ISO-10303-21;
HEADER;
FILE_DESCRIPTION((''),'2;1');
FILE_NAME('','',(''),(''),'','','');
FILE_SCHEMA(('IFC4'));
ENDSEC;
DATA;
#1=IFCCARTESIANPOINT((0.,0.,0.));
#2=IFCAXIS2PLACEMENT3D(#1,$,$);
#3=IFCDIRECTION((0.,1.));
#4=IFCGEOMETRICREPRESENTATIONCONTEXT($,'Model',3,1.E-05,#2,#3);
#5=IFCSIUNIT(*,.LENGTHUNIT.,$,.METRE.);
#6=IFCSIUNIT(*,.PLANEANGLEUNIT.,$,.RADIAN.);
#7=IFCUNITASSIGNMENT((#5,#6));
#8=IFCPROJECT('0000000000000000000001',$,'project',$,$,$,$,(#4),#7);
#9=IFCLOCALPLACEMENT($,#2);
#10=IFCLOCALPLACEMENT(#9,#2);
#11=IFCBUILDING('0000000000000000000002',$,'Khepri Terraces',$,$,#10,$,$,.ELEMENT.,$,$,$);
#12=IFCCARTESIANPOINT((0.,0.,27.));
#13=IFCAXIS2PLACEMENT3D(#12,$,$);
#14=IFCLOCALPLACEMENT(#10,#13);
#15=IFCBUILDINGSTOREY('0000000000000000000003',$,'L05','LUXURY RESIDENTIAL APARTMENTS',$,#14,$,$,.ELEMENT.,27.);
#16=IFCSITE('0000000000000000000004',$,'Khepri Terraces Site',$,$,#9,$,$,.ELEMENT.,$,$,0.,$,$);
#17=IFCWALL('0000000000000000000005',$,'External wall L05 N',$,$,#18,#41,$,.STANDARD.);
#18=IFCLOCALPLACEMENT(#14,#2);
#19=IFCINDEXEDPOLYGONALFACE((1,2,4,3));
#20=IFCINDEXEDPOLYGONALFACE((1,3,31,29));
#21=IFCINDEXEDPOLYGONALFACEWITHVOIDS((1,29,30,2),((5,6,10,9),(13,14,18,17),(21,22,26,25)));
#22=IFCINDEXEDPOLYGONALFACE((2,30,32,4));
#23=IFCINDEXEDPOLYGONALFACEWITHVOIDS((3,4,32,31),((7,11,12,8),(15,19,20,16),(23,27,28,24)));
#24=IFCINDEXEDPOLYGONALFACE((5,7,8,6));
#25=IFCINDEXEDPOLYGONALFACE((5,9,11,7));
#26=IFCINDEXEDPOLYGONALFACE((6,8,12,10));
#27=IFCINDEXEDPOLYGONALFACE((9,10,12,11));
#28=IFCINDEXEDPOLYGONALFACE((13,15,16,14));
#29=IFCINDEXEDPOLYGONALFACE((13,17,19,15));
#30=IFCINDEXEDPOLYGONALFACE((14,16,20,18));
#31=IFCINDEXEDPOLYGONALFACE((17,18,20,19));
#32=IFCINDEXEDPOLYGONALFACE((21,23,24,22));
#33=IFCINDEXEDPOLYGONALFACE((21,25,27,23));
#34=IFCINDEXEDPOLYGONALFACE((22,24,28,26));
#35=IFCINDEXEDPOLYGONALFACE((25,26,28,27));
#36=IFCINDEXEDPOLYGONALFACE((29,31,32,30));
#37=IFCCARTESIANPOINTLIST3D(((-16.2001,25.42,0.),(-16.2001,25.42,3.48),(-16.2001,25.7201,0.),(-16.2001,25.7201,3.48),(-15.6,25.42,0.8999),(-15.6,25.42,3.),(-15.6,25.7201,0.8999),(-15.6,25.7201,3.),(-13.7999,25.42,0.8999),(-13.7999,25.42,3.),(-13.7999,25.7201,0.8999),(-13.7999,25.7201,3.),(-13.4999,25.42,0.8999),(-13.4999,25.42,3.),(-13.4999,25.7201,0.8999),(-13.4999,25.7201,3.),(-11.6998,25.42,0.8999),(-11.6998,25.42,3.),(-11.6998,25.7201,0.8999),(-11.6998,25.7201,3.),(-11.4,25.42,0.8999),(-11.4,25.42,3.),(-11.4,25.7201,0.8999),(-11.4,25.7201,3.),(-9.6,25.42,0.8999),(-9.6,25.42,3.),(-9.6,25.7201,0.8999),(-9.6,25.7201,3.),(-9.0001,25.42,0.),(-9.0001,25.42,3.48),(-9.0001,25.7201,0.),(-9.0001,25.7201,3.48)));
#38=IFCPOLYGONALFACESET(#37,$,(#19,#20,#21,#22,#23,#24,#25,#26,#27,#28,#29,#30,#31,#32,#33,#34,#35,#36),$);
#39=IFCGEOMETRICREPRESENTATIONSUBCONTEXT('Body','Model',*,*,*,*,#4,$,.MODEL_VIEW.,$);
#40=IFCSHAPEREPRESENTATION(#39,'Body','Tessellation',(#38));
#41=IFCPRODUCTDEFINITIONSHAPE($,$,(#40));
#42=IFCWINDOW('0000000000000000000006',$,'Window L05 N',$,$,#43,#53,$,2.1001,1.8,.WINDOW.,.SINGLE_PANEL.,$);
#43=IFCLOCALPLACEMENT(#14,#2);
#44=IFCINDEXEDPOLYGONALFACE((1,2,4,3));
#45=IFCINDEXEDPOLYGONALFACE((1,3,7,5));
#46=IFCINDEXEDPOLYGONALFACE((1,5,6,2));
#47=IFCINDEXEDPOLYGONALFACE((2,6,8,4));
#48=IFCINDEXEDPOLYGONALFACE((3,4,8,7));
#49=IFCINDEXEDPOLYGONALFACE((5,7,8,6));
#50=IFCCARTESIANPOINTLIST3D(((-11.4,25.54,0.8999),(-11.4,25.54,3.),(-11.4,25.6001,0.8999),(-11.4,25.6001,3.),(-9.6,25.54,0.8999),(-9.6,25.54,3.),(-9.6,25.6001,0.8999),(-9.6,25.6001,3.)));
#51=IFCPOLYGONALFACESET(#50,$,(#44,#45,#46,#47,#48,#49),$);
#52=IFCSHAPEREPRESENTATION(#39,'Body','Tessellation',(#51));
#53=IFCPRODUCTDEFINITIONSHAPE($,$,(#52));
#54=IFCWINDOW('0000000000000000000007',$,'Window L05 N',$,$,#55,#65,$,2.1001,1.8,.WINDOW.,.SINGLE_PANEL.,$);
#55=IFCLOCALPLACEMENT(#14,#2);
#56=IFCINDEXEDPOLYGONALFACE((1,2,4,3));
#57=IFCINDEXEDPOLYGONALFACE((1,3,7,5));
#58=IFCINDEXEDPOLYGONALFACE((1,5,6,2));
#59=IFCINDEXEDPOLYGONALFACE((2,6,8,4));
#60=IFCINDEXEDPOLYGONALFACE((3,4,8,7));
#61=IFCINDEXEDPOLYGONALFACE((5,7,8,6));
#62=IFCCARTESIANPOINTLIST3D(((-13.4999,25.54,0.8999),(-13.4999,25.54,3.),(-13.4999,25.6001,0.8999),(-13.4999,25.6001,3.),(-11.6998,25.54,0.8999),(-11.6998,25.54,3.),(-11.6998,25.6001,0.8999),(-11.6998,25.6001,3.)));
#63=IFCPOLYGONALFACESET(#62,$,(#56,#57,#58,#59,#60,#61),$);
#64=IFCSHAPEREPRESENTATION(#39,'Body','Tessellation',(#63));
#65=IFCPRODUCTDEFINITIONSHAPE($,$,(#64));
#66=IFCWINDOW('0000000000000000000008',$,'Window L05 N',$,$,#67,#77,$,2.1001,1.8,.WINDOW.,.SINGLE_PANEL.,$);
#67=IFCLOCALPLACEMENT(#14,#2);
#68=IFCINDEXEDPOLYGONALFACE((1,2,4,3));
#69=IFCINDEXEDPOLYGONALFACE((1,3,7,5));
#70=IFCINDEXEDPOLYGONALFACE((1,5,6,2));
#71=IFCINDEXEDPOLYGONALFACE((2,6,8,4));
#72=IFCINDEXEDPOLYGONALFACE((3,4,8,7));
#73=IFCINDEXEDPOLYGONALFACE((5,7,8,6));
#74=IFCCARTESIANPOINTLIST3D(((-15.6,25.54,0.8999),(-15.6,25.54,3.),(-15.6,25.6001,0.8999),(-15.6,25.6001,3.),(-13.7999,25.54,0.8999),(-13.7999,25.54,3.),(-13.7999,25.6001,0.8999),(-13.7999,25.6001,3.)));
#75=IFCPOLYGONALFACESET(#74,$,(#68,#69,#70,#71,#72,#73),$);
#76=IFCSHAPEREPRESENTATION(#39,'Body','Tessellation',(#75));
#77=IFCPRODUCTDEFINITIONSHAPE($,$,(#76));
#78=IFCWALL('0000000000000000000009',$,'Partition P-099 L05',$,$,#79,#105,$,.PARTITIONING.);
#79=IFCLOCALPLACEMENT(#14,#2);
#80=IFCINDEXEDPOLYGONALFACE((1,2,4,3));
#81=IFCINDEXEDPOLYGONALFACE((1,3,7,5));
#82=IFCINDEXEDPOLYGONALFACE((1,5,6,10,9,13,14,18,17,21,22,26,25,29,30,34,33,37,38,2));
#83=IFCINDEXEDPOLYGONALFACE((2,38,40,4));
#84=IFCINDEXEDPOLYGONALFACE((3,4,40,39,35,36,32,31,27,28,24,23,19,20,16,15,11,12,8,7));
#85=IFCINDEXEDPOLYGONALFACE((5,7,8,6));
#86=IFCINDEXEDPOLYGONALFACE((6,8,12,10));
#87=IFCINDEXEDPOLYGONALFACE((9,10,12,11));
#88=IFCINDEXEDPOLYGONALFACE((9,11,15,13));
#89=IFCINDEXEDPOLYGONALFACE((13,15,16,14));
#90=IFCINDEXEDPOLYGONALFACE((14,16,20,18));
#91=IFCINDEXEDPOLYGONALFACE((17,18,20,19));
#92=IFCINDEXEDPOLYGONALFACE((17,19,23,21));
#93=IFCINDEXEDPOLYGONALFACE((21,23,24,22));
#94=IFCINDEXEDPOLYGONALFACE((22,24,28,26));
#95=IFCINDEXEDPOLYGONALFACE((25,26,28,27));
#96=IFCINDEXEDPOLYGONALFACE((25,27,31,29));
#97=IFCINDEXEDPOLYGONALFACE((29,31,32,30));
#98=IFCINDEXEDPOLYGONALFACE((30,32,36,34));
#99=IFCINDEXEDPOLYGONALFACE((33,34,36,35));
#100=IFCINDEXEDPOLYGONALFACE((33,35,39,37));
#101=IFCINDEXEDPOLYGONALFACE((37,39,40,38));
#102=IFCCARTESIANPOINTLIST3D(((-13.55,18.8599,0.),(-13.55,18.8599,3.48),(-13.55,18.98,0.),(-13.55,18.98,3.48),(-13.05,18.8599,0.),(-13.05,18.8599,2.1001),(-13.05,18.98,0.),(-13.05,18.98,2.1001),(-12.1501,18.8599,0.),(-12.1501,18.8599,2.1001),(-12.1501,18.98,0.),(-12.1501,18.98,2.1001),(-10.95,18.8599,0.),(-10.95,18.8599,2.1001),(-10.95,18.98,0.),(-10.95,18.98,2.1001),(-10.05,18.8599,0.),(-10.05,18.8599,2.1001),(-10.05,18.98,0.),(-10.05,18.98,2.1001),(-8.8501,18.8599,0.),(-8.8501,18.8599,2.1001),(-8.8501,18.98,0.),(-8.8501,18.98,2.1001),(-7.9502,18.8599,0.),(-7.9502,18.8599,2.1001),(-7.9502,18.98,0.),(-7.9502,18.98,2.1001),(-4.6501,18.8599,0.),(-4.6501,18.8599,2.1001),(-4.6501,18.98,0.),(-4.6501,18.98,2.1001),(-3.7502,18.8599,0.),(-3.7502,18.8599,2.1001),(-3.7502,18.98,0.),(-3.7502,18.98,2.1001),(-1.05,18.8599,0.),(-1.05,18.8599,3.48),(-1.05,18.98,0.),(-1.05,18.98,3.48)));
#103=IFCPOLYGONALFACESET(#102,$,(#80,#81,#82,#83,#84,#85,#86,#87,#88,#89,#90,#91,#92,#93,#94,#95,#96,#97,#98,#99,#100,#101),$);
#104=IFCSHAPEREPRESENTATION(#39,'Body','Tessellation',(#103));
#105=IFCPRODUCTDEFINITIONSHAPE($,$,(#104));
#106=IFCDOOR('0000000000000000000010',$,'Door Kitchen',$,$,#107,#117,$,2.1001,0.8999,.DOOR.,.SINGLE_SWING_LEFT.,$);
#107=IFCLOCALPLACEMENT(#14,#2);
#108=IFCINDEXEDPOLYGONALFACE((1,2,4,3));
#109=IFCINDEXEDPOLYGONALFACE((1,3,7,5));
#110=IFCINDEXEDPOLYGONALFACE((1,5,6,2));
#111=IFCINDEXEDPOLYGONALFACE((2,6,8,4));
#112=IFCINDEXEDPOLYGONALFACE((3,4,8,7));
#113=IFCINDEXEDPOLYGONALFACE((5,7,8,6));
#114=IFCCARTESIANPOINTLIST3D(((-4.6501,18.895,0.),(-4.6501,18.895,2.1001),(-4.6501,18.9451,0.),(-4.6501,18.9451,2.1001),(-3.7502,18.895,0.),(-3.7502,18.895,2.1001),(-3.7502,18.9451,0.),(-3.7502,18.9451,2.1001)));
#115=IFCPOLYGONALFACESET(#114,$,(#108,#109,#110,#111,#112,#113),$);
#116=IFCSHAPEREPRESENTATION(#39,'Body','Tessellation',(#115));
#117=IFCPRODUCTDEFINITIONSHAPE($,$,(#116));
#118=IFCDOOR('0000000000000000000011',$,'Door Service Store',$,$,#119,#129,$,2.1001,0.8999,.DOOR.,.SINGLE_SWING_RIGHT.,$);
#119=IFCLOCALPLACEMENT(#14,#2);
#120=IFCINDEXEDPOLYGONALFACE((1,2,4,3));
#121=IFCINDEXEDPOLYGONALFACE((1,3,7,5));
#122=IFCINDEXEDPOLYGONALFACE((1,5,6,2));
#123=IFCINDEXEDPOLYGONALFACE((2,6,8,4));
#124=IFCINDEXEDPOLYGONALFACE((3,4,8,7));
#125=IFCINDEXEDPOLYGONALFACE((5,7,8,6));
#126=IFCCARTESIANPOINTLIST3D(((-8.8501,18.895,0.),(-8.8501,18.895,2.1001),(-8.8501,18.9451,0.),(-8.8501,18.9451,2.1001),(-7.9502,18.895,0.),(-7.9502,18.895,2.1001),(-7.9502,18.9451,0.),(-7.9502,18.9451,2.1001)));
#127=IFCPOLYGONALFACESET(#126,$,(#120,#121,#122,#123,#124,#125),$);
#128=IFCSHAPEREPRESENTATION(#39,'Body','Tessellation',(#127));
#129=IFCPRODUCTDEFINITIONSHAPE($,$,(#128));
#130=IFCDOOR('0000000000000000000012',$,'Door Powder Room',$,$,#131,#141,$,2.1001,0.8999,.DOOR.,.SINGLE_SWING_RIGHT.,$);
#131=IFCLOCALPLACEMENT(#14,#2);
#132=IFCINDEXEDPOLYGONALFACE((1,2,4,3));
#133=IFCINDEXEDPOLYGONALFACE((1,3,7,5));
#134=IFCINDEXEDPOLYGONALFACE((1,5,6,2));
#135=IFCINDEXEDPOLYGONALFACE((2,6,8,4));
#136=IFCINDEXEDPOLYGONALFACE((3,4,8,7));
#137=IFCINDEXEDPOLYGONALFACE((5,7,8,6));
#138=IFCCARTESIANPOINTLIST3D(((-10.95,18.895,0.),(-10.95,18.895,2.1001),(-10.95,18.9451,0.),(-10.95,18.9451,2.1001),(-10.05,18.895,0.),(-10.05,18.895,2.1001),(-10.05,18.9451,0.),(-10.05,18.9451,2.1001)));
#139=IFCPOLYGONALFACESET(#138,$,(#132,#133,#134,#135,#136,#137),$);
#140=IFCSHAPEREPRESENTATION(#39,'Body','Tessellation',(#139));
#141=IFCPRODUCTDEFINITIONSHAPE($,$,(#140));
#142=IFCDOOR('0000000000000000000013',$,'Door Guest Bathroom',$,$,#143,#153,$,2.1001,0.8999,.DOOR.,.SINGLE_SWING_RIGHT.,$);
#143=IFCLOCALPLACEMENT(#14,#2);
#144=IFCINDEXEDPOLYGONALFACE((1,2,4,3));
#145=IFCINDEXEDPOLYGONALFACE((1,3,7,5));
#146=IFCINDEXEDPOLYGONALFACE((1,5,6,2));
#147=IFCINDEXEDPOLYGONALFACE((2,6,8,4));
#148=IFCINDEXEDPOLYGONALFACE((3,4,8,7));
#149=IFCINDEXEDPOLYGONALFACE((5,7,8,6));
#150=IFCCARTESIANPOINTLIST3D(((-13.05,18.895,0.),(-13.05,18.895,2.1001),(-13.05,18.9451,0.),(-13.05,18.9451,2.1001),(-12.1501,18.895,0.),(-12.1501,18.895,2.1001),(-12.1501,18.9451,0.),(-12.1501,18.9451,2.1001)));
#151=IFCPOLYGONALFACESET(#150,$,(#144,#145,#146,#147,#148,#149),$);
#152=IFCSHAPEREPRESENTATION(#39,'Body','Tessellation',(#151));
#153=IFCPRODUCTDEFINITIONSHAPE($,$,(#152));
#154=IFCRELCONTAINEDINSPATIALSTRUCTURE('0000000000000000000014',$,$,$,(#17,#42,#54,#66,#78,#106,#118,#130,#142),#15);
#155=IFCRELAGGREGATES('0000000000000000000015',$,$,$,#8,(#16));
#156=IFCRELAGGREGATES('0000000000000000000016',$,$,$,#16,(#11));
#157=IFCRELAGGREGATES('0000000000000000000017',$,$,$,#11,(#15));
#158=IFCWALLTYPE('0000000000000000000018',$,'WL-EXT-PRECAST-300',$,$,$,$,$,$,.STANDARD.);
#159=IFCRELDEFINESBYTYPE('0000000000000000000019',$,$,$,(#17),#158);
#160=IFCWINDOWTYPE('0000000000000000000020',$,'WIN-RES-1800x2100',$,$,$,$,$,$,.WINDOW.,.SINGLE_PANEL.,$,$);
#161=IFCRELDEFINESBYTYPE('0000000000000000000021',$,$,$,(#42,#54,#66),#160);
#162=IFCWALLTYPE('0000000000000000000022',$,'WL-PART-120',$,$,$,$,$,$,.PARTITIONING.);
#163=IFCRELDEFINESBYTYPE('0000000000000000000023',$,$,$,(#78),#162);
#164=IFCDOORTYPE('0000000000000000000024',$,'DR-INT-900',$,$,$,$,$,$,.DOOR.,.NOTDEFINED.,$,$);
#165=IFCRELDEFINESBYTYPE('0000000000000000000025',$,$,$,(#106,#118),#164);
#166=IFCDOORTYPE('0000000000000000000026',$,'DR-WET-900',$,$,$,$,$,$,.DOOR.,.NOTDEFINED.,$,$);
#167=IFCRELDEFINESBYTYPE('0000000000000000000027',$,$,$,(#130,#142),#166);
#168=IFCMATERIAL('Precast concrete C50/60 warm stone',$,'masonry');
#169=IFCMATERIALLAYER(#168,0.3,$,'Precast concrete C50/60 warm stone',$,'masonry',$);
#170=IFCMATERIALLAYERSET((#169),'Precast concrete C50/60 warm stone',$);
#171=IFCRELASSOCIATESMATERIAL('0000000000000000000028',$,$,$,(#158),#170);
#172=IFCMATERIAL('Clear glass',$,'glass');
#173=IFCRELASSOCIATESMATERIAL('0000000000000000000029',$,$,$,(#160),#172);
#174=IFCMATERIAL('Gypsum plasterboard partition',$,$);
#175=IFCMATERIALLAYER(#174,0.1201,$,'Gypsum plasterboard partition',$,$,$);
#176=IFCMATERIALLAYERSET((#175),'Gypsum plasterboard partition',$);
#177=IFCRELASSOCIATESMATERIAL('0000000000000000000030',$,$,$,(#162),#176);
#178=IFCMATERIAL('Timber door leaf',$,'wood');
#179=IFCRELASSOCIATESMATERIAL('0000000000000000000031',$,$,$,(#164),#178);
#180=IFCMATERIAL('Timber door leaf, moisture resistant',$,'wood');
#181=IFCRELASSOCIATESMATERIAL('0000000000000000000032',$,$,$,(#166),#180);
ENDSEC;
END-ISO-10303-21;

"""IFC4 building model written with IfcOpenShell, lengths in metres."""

from ifc_helpers import new_model, si_unit, direction, frame, frame_2d, origin, place, context, subcontext, project, spatial, rectangle, extrude, material, layer, layer_set, type_object, element, fill, save


model = new_model("IFC4")

# Units and contexts
model_context = context("Model", 3, precision=1e-05, world=origin(), true_north=direction((0.0, 1.0)))
body_context = subcontext(model_context, "Body", "Model", "MODEL_VIEW")
ifc_project = project(units=[si_unit("LENGTHUNIT", "METRE"), si_unit("PLANEANGLEUNIT", "RADIAN")], contexts=[model_context])

# Site, building, storey
site_placement = place(None, origin())
site = spatial("IfcSite", under=ifc_project, at=site_placement, Name="Khepri Terraces Site", CompositionType="ELEMENT", RefElevation=0.0)
building_placement = place(site_placement, origin())
building = spatial("IfcBuilding", under=site, at=building_placement, Name="Khepri Terraces", CompositionType="ELEMENT")
storey_placement = place(building_placement, frame((0.0, 0.0, 27.0)))
storey = spatial("IfcBuildingStorey", under=building, at=storey_placement, Name="L05", Description="LUXURY RESIDENTIAL APARTMENTS", CompositionType="ELEMENT", Elevation=27.0)

# Wall, openings, windows
ifc_material_1 = material(Name="Precast concrete C50/60 warm stone", Category="masonry")
ifc_layer_1 = layer(ifc_material_1, 0.3, Name="Precast concrete C50/60 warm stone", Category="masonry")
ifc_layer_set_1 = layer_set([ifc_layer_1], Name="Precast concrete C50/60 warm stone")
wall_type_1 = type_object("IfcWallType", Name="WL-EXT-PRECAST-300", PredefinedType="STANDARD", material=ifc_layer_set_1)
wall_1_placement = place(storey_placement, frame((-9.0, 25.5701, 0.0), z_axis=(0.0, 0.0, 1.0), x_axis=(-1.0, 0.0, 0.0)))
wall_1 = element("IfcWall", 1, at=wall_1_placement, inside=storey, type_object=wall_type_1, Name="External wall L05 N", PredefinedType="STANDARD", context=body_context, shape_type="SweptSolid", body=[
    extrude(rectangle(XDim=7.2, YDim=0.3, at=frame_2d((3.6001, 0.0))), origin(), (0.0, 0.0, 1.0), 3.48),
])
opening_1_placement = place(wall_1_placement, frame((0.6001, 0.0, 0.8999)))
opening_1 = element("IfcOpeningElement", 2, at=opening_1_placement, cuts=wall_1, PredefinedType="OPENING", context=body_context, shape_type="SweptSolid", body=[
    extrude(rectangle(XDim=1.8, YDim=2.1001, at=frame_2d((0.8999, 1.05))), frame((0.0, 0.1602, 0.0), z_axis=(0.0, -1.0, 0.0), x_axis=(1.0, 0.0, 0.0)), (0.0, 0.0, 1.0), 0.3201),
])
opening_2_placement = place(wall_1_placement, frame((2.7, 0.0, 0.8999)))
opening_2 = element("IfcOpeningElement", 3, at=opening_2_placement, cuts=wall_1, PredefinedType="OPENING", context=body_context, shape_type="SweptSolid", body=[
    extrude(rectangle(XDim=1.8, YDim=2.1001, at=frame_2d((0.8999, 1.05))), frame((0.0, 0.1602, 0.0), z_axis=(0.0, -1.0, 0.0), x_axis=(1.0, 0.0, 0.0)), (0.0, 0.0, 1.0), 0.3201),
])
opening_3_placement = place(wall_1_placement, frame((4.8, 0.0, 0.8999)))
opening_3 = element("IfcOpeningElement", 4, at=opening_3_placement, cuts=wall_1, PredefinedType="OPENING", context=body_context, shape_type="SweptSolid", body=[
    extrude(rectangle(XDim=1.8, YDim=2.1001, at=frame_2d((0.8999, 1.05))), frame((0.0, 0.1602, 0.0), z_axis=(0.0, -1.0, 0.0), x_axis=(1.0, 0.0, 0.0)), (0.0, 0.0, 1.0), 0.3201),
])
ifc_material_2 = material(Name="Clear glass", Category="glass")
window_type = type_object("IfcWindowType", Name="WIN-RES-1800x2100", PartitioningType="SINGLE_PANEL", PredefinedType="WINDOW", material=ifc_material_2)
window_1_placement = place(opening_1_placement, origin())
window_1 = element("IfcWindow", 5, at=window_1_placement, inside=storey, type_object=window_type, Name="Window L05 N", OverallHeight=2.1001, OverallWidth=1.8, PartitioningType="SINGLE_PANEL", PredefinedType="WINDOW", context=body_context, shape_type="SweptSolid", body=[
    extrude(rectangle(XDim=1.8, YDim=2.1001, at=frame_2d((0.8999, 1.05))), frame((0.0, 0.03, 0.0), z_axis=(0.0, -1.0, 0.0), x_axis=(1.0, 0.0, 0.0)), (0.0, 0.0, 1.0), 0.0601),
])
fill(opening_1, window_1)
window_2_placement = place(opening_2_placement, origin())
window_2 = element("IfcWindow", 6, at=window_2_placement, inside=storey, type_object=window_type, Name="Window L05 N", OverallHeight=2.1001, OverallWidth=1.8, PartitioningType="SINGLE_PANEL", PredefinedType="WINDOW", context=body_context, shape_type="SweptSolid", body=[
    extrude(rectangle(XDim=1.8, YDim=2.1001, at=frame_2d((0.8999, 1.05))), frame((0.0, 0.03, 0.0), z_axis=(0.0, -1.0, 0.0), x_axis=(1.0, 0.0, 0.0)), (0.0, 0.0, 1.0), 0.0601),
])
fill(opening_2, window_2)
window_3_placement = place(opening_3_placement, origin())
window_3 = element("IfcWindow", 7, at=window_3_placement, inside=storey, type_object=window_type, Name="Window L05 N", OverallHeight=2.1001, OverallWidth=1.8, PartitioningType="SINGLE_PANEL", PredefinedType="WINDOW", context=body_context, shape_type="SweptSolid", body=[
    extrude(rectangle(XDim=1.8, YDim=2.1001, at=frame_2d((0.8999, 1.05))), frame((0.0, 0.03, 0.0), z_axis=(0.0, -1.0, 0.0), x_axis=(1.0, 0.0, 0.0)), (0.0, 0.0, 1.0), 0.0601),
])
fill(opening_3, window_3)

# Wall, openings, doors
ifc_material_3 = material(Name="Gypsum plasterboard partition")
ifc_layer_2 = layer(ifc_material_3, 0.1201, Name="Gypsum plasterboard partition")
ifc_layer_set_2 = layer_set([ifc_layer_2], Name="Gypsum plasterboard partition")
wall_type_2 = type_object("IfcWallType", Name="WL-PART-120", PredefinedType="PARTITIONING", material=ifc_layer_set_2)
wall_2_placement = place(storey_placement, frame((-13.55, 18.9199, 0.0), z_axis=(0.0, 0.0, 1.0), x_axis=(1.0, 0.0, 0.0)))
wall_2 = element("IfcWall", 8, at=wall_2_placement, inside=storey, type_object=wall_type_2, Name="Partition P-099 L05", PredefinedType="PARTITIONING", context=body_context, shape_type="SweptSolid", body=[
    extrude(rectangle(XDim=12.5, YDim=0.1201, at=frame_2d((6.25, 0.0))), origin(), (0.0, 0.0, 1.0), 3.48),
])
opening_4_placement = place(wall_2_placement, frame((8.8999, 0.0, 0.0)))
opening_4 = element("IfcOpeningElement", 9, at=opening_4_placement, cuts=wall_2, PredefinedType="OPENING", context=body_context, shape_type="SweptSolid", body=[
    extrude(rectangle(XDim=0.8999, YDim=2.1001, at=frame_2d((0.45, 1.05))), frame((0.0, 0.0701, 0.0), z_axis=(0.0, -1.0, 0.0), x_axis=(1.0, 0.0, 0.0)), (0.0, 0.0, 1.0), 0.1401),
])
opening_5_placement = place(wall_2_placement, frame((4.7, 0.0, 0.0)))
opening_5 = element("IfcOpeningElement", 10, at=opening_5_placement, cuts=wall_2, PredefinedType="OPENING", context=body_context, shape_type="SweptSolid", body=[
    extrude(rectangle(XDim=0.8999, YDim=2.1001, at=frame_2d((0.45, 1.05))), frame((0.0, 0.0701, 0.0), z_axis=(0.0, -1.0, 0.0), x_axis=(1.0, 0.0, 0.0)), (0.0, 0.0, 1.0), 0.1401),
])
opening_6_placement = place(wall_2_placement, frame((2.6001, 0.0, 0.0)))
opening_6 = element("IfcOpeningElement", 11, at=opening_6_placement, cuts=wall_2, PredefinedType="OPENING", context=body_context, shape_type="SweptSolid", body=[
    extrude(rectangle(XDim=0.8999, YDim=2.1001, at=frame_2d((0.45, 1.05))), frame((0.0, 0.0701, 0.0), z_axis=(0.0, -1.0, 0.0), x_axis=(1.0, 0.0, 0.0)), (0.0, 0.0, 1.0), 0.1401),
])
opening_7_placement = place(wall_2_placement, frame((0.5, 0.0, 0.0)))
opening_7 = element("IfcOpeningElement", 12, at=opening_7_placement, cuts=wall_2, PredefinedType="OPENING", context=body_context, shape_type="SweptSolid", body=[
    extrude(rectangle(XDim=0.8999, YDim=2.1001, at=frame_2d((0.45, 1.05))), frame((0.0, 0.0701, 0.0), z_axis=(0.0, -1.0, 0.0), x_axis=(1.0, 0.0, 0.0)), (0.0, 0.0, 1.0), 0.1401),
])
ifc_material_4 = material(Name="Timber door leaf", Category="wood")
door_type_1 = type_object("IfcDoorType", Name="DR-INT-900", OperationType="NOTDEFINED", PredefinedType="DOOR", material=ifc_material_4)
door_1_placement = place(opening_4_placement, frame((0.8999, 0.0, 0.0), z_axis=(0.0, 0.0, 1.0), x_axis=(-1.0, 0.0, 0.0)))
door_1 = element("IfcDoor", 13, at=door_1_placement, inside=storey, type_object=door_type_1, Name="Door Kitchen", OperationType="SINGLE_SWING_LEFT", OverallHeight=2.1001, OverallWidth=0.8999, PredefinedType="DOOR", context=body_context, shape_type="SweptSolid", body=[
    extrude(rectangle(XDim=0.8999, YDim=2.1001, at=frame_2d((0.45, 1.05))), frame((0.0, 0.0249, 0.0), z_axis=(0.0, -1.0, 0.0), x_axis=(1.0, 0.0, 0.0)), (0.0, 0.0, 1.0), 0.05),
])
fill(opening_4, door_1)
door_2_placement = place(opening_5_placement, frame((0.8999, 0.0, 0.0), z_axis=(0.0, 0.0, 1.0), x_axis=(-1.0, 0.0, 0.0)))
door_2 = element("IfcDoor", 14, at=door_2_placement, inside=storey, type_object=door_type_1, Name="Door Service Store", OperationType="SINGLE_SWING_RIGHT", OverallHeight=2.1001, OverallWidth=0.8999, PredefinedType="DOOR", context=body_context, shape_type="SweptSolid", body=[
    extrude(rectangle(XDim=0.8999, YDim=2.1001, at=frame_2d((0.45, 1.05))), frame((0.0, 0.0249, 0.0), z_axis=(0.0, -1.0, 0.0), x_axis=(1.0, 0.0, 0.0)), (0.0, 0.0, 1.0), 0.05),
])
fill(opening_5, door_2)
ifc_material_5 = material(Name="Timber door leaf, moisture resistant", Category="wood")
door_type_2 = type_object("IfcDoorType", Name="DR-WET-900", OperationType="NOTDEFINED", PredefinedType="DOOR", material=ifc_material_5)
door_3_placement = place(opening_6_placement, frame((0.8999, 0.0, 0.0), z_axis=(0.0, 0.0, 1.0), x_axis=(-1.0, 0.0, 0.0)))
door_3 = element("IfcDoor", 15, at=door_3_placement, inside=storey, type_object=door_type_2, Name="Door Powder Room", OperationType="SINGLE_SWING_RIGHT", OverallHeight=2.1001, OverallWidth=0.8999, PredefinedType="DOOR", context=body_context, shape_type="SweptSolid", body=[
    extrude(rectangle(XDim=0.8999, YDim=2.1001, at=frame_2d((0.45, 1.05))), frame((0.0, 0.0249, 0.0), z_axis=(0.0, -1.0, 0.0), x_axis=(1.0, 0.0, 0.0)), (0.0, 0.0, 1.0), 0.05),
])
fill(opening_6, door_3)
door_4_placement = place(opening_7_placement, frame((0.8999, 0.0, 0.0), z_axis=(0.0, 0.0, 1.0), x_axis=(-1.0, 0.0, 0.0)))
door_4 = element("IfcDoor", 16, at=door_4_placement, inside=storey, type_object=door_type_2, Name="Door Guest Bathroom", OperationType="SINGLE_SWING_RIGHT", OverallHeight=2.1001, OverallWidth=0.8999, PredefinedType="DOOR", context=body_context, shape_type="SweptSolid", body=[
    extrude(rectangle(XDim=0.8999, YDim=2.1001, at=frame_2d((0.45, 1.05))), frame((0.0, 0.0249, 0.0), z_axis=(0.0, -1.0, 0.0), x_axis=(1.0, 0.0, 0.0)), (0.0, 0.0, 1.0), 0.05),
])
fill(opening_7, door_4)

save(model, "model.ifc")
